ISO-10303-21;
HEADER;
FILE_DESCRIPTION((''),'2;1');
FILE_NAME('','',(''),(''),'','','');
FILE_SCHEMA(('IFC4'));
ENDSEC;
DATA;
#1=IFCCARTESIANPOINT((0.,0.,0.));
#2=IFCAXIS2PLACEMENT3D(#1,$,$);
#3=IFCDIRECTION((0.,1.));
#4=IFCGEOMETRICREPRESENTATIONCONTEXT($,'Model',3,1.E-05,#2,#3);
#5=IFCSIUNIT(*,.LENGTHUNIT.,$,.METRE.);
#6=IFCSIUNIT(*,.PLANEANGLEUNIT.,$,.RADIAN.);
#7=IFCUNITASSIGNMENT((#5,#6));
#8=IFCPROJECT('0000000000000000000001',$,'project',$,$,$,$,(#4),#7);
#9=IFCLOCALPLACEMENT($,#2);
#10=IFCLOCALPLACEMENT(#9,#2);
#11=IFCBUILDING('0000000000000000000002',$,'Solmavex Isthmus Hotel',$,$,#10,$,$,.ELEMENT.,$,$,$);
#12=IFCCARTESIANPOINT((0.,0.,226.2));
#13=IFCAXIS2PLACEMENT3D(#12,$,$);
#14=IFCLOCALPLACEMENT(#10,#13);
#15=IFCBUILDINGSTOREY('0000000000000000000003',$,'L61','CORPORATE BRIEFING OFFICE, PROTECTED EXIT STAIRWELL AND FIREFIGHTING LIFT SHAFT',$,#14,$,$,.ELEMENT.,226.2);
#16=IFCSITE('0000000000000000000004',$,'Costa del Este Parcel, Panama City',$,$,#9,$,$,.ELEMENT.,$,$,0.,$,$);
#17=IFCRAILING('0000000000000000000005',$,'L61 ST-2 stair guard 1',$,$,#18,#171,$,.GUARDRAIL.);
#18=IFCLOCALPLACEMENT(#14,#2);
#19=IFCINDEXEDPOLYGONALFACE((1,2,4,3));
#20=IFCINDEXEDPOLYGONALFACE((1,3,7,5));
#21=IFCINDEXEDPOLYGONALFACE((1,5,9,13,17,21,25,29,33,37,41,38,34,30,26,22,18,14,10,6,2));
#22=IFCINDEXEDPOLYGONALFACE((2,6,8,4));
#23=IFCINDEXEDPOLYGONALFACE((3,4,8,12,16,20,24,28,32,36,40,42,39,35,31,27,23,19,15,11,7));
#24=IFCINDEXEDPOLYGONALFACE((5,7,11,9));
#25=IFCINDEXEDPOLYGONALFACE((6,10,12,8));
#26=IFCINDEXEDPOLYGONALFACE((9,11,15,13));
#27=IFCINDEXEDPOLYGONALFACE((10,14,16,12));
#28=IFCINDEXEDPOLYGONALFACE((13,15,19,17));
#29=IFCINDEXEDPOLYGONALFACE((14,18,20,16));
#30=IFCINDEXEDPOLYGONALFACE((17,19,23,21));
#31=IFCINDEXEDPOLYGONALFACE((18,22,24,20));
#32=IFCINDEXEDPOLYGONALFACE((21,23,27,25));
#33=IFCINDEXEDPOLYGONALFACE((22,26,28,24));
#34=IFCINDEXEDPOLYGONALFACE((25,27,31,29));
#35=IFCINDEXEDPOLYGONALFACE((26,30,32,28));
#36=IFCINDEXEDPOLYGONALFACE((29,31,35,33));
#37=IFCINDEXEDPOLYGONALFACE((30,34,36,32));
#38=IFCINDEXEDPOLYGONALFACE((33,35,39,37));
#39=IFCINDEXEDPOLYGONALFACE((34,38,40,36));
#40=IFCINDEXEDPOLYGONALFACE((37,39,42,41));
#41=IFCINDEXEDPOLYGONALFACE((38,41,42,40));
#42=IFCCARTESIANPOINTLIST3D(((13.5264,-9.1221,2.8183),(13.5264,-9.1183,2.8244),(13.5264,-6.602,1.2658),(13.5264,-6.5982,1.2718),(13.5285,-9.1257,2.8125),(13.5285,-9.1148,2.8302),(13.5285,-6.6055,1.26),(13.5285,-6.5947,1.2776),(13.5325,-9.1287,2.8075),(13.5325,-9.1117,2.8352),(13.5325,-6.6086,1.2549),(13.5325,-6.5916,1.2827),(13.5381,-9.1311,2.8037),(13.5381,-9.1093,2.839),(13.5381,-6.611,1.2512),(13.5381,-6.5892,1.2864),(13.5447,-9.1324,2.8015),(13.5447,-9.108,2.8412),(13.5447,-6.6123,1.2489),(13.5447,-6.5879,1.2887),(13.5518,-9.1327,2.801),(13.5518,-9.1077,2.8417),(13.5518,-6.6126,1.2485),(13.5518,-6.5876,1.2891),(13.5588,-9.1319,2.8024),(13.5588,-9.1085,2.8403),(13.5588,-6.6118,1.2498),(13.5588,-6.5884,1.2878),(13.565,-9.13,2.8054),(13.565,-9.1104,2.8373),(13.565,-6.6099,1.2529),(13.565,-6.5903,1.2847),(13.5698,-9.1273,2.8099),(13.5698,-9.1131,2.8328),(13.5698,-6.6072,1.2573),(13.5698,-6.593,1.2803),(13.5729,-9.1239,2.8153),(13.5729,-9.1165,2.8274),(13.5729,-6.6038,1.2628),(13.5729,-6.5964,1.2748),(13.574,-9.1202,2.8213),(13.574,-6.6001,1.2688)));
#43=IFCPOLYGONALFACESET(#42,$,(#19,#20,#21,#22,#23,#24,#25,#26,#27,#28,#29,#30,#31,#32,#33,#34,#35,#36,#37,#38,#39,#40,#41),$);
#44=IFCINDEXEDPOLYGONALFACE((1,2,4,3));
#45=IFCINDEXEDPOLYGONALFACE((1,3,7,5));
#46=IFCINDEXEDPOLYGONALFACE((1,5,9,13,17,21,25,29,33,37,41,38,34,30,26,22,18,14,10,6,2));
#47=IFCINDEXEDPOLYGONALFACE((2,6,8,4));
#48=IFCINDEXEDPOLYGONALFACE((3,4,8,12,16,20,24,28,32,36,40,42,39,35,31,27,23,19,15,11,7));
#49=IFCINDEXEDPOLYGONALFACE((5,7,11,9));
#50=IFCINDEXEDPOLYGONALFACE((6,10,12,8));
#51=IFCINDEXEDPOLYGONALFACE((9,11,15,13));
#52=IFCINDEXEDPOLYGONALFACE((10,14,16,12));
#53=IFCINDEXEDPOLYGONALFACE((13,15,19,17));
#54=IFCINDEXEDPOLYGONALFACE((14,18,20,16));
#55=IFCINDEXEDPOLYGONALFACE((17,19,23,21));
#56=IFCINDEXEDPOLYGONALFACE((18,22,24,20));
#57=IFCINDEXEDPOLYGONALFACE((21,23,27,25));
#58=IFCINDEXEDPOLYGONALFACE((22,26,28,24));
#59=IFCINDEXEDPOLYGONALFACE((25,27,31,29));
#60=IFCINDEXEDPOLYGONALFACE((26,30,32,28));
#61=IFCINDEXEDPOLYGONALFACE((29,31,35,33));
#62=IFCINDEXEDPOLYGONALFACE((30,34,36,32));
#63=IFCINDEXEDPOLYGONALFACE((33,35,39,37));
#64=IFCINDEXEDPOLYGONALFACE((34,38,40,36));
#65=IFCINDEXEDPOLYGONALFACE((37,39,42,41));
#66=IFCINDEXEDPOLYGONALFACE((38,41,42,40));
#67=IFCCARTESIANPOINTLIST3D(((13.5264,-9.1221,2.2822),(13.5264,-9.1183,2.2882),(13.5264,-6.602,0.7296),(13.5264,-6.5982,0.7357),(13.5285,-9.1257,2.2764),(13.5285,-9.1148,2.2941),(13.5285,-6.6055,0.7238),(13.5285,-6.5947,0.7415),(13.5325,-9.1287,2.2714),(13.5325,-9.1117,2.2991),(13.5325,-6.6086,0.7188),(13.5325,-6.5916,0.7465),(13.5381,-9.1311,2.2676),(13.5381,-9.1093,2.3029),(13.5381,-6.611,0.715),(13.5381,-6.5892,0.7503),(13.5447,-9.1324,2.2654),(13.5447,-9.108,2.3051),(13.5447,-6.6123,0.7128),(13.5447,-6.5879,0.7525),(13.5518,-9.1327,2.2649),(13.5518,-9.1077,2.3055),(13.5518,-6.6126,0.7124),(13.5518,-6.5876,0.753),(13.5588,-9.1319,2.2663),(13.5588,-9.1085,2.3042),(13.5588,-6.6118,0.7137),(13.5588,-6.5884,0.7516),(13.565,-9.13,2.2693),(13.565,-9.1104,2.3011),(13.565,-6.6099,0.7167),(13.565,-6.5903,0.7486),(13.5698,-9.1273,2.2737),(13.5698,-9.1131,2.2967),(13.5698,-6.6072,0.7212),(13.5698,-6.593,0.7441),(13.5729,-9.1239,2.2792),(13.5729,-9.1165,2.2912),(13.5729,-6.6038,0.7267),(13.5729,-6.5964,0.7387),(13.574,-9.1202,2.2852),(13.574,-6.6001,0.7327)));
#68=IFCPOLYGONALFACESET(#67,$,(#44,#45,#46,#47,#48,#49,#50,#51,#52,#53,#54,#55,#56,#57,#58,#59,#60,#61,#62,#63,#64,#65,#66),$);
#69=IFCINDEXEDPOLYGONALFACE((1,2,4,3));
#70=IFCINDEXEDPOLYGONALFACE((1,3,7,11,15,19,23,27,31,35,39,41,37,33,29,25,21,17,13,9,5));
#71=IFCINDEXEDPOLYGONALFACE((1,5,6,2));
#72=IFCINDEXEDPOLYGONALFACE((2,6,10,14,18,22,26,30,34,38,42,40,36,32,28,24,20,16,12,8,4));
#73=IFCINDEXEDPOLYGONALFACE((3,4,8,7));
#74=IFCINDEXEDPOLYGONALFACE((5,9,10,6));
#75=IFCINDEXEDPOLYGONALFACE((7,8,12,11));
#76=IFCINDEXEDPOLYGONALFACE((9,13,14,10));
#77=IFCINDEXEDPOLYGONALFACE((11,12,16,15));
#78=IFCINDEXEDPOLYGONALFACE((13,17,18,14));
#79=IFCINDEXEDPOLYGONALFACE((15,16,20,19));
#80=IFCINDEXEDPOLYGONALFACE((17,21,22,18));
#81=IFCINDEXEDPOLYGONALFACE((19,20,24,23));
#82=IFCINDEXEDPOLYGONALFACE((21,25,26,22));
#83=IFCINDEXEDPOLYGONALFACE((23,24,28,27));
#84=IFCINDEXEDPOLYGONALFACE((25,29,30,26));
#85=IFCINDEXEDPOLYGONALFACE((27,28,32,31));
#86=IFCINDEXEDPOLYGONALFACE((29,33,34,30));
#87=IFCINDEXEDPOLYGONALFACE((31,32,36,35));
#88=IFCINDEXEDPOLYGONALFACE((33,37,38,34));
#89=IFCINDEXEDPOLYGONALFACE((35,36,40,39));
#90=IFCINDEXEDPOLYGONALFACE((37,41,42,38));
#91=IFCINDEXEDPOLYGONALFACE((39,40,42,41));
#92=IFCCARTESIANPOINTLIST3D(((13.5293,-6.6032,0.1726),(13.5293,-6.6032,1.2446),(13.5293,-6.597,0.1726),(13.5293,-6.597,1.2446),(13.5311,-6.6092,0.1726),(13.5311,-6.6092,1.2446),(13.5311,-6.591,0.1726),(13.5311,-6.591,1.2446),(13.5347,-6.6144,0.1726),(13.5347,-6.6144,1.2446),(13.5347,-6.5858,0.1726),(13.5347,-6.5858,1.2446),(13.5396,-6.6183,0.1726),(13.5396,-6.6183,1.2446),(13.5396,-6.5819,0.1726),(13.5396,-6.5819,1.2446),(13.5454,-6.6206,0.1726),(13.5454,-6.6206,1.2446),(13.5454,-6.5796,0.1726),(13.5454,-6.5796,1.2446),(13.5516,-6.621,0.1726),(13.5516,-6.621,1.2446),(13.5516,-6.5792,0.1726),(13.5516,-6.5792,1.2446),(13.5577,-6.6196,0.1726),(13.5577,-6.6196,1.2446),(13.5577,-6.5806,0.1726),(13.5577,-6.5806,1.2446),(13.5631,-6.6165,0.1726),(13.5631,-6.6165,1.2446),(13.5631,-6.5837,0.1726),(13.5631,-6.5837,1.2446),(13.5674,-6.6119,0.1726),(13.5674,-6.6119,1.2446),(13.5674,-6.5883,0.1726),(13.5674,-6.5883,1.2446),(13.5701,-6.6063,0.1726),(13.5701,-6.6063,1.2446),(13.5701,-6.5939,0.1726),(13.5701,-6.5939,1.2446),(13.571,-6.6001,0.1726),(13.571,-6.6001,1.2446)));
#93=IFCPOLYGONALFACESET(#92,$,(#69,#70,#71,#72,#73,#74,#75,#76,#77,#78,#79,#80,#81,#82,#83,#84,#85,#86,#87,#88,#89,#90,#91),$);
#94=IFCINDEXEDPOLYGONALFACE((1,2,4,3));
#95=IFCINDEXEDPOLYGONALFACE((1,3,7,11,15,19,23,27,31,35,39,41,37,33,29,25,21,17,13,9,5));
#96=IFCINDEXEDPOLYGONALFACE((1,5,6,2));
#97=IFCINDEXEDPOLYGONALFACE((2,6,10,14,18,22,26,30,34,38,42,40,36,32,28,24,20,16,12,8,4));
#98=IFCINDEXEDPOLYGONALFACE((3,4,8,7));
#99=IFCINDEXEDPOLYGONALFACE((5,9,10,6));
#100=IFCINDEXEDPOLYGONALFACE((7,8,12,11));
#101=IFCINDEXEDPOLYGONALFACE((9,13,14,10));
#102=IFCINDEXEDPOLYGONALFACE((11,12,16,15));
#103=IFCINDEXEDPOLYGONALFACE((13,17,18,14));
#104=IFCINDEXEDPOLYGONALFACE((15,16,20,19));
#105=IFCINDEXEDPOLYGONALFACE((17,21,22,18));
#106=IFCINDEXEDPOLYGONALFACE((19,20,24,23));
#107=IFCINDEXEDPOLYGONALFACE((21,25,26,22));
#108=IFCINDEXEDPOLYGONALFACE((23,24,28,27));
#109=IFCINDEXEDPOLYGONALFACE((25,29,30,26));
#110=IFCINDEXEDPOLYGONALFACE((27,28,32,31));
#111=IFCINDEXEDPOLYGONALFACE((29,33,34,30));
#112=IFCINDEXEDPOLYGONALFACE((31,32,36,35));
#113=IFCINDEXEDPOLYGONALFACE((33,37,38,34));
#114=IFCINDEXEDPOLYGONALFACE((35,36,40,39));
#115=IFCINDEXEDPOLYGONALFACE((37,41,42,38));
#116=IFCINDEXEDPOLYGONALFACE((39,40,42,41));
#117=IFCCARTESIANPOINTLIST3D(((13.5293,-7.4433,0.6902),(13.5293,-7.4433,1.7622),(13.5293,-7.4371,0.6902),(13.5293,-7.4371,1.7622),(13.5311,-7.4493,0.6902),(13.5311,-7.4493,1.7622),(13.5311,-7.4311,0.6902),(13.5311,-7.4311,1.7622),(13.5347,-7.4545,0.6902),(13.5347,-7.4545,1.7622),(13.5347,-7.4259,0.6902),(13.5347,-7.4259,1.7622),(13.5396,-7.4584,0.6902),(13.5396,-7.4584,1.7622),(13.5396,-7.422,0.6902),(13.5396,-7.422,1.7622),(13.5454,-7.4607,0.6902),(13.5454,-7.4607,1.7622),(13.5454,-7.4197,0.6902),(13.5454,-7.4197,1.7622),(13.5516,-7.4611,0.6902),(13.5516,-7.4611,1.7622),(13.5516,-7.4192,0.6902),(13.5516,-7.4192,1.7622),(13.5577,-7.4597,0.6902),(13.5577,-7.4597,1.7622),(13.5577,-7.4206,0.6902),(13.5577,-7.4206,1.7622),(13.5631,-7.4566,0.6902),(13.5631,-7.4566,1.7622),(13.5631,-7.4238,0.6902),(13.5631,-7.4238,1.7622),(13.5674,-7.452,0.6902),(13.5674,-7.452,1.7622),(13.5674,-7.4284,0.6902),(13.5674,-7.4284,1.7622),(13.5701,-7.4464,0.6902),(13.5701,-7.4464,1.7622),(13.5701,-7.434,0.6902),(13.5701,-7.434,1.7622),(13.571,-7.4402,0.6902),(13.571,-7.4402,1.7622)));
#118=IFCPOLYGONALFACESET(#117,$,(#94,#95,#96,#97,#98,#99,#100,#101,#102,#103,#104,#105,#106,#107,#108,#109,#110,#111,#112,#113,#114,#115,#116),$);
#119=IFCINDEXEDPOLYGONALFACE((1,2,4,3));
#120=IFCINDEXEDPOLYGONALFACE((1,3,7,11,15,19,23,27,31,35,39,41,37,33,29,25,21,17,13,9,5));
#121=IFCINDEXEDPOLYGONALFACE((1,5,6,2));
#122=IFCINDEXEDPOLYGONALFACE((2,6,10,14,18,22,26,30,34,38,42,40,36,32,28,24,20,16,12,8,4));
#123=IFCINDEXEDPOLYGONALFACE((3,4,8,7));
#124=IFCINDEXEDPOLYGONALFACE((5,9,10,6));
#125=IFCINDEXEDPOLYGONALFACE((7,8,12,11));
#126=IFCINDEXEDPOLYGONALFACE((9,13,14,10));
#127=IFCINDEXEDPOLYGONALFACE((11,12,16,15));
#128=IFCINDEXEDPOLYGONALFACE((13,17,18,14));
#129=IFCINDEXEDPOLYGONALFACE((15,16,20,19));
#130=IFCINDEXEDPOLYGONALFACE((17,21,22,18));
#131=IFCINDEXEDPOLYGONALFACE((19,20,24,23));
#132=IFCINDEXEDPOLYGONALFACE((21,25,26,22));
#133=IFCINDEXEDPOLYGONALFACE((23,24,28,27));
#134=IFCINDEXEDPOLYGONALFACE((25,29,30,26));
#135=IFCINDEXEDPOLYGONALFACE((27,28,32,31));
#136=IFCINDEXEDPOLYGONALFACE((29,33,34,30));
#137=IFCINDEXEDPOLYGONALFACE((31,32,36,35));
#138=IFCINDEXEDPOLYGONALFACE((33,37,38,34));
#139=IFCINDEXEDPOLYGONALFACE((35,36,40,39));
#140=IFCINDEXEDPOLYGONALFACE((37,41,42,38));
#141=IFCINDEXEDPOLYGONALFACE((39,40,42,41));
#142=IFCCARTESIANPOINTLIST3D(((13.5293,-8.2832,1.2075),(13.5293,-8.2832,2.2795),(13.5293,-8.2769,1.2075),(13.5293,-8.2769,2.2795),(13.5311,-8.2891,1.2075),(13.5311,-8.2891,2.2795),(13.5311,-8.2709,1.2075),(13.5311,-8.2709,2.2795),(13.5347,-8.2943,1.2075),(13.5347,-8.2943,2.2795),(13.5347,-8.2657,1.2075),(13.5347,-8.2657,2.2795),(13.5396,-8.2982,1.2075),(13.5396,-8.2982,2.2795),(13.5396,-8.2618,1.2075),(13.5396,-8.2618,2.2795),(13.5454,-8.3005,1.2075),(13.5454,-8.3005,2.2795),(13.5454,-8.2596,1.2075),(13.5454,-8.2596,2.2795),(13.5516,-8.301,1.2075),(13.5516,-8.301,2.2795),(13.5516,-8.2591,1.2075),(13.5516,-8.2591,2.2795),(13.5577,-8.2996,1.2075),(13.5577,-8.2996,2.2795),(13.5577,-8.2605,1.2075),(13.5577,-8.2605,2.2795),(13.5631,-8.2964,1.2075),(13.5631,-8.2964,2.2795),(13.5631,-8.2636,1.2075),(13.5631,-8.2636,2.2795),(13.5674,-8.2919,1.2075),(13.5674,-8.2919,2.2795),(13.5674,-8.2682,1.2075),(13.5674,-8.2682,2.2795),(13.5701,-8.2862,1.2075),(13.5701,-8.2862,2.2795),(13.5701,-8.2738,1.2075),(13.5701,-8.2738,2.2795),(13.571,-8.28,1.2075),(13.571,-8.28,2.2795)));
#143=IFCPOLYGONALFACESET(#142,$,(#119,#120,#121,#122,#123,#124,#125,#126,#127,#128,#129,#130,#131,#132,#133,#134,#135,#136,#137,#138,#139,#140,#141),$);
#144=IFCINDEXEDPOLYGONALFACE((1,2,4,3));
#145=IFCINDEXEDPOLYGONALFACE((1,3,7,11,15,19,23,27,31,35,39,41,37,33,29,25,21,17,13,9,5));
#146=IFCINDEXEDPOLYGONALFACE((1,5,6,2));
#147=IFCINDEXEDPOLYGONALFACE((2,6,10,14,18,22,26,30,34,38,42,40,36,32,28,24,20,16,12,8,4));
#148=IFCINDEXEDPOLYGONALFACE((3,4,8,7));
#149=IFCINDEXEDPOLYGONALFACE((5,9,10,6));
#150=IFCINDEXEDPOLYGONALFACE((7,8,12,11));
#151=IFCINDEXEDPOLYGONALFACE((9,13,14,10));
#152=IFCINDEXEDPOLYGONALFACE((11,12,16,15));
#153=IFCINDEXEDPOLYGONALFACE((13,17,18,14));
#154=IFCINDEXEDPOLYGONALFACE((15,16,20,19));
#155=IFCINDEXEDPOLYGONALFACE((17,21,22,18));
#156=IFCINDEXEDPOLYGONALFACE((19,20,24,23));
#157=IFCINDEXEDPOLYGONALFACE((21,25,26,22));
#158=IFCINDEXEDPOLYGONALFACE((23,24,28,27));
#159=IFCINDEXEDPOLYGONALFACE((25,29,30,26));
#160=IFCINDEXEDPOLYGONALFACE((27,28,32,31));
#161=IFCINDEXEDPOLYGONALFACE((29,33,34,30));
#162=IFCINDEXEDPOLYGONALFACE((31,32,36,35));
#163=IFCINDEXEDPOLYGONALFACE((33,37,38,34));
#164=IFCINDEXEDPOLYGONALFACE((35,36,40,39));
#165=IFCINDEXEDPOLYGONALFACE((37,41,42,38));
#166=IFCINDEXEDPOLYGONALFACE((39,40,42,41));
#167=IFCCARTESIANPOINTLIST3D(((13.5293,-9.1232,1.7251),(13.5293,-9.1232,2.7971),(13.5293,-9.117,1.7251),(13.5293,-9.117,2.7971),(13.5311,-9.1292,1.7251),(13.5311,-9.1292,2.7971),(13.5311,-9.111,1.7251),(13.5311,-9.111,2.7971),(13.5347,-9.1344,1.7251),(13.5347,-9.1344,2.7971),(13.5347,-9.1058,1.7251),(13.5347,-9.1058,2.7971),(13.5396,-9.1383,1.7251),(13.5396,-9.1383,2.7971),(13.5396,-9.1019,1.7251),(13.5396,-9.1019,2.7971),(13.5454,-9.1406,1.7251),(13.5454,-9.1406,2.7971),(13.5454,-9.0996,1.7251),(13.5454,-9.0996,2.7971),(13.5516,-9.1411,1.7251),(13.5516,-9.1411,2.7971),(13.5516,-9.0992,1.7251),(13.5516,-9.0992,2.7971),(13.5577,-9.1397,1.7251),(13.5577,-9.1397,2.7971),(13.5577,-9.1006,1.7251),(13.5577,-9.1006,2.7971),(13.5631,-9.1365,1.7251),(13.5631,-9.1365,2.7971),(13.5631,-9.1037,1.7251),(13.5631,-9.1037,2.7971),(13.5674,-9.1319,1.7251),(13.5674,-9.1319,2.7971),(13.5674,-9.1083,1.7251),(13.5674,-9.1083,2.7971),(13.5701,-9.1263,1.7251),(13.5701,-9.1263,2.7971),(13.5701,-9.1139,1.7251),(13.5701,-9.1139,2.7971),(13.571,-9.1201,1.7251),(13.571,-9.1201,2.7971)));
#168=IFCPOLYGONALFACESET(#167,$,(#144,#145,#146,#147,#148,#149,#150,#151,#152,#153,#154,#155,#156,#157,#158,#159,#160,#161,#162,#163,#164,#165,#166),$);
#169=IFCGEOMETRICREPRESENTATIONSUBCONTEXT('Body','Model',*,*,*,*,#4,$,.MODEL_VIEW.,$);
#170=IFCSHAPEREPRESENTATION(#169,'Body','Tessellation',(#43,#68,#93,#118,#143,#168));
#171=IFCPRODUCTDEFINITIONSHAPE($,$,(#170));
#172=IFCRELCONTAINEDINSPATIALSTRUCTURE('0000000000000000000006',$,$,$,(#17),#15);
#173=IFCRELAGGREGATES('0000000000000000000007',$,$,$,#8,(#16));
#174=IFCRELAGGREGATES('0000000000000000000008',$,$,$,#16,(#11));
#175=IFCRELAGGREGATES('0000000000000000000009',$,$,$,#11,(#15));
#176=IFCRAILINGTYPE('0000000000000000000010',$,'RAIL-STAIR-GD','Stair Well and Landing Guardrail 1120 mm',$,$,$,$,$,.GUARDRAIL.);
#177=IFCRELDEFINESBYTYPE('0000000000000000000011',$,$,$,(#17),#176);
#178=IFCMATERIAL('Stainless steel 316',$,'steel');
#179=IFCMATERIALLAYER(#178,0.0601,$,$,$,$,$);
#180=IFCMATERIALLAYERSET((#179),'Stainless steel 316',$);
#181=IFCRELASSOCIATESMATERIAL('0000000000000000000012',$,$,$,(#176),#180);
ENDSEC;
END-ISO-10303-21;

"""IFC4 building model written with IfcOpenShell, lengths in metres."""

from ifc_helpers import new_model, si_unit, direction, frame, origin, origin_2d, place, context, subcontext, project, spatial, circle, extrude, material, layer, layer_set, type_object, element, save


model = new_model("IFC4")

# Units and contexts
model_context = context("Model", 3, precision=1e-05, world=origin(), true_north=direction((0.0, 1.0)))
body_context = subcontext(model_context, "Body", "Model", "MODEL_VIEW")
ifc_project = project(units=[si_unit("LENGTHUNIT", "METRE"), si_unit("PLANEANGLEUNIT", "RADIAN")], contexts=[model_context])

# Site, building, storey
site_placement = place(None, origin())
site = spatial("IfcSite", under=ifc_project, at=site_placement, Name="Costa del Este Parcel, Panama City", CompositionType="ELEMENT", RefElevation=0.0)
building_placement = place(site_placement, origin())
building = spatial("IfcBuilding", under=site, at=building_placement, Name="Solmavex Isthmus Hotel", CompositionType="ELEMENT")
storey_placement = place(building_placement, frame((0.0, 0.0, 226.2)))
storey = spatial("IfcBuildingStorey", under=building, at=storey_placement, Name="L61", Description="CORPORATE BRIEFING OFFICE, PROTECTED EXIT STAIRWELL AND FIREFIGHTING LIFT SHAFT", CompositionType="ELEMENT", Elevation=226.2)

# Railing
ifc_material_1 = material(Name="Stainless steel 316", Category="steel")
ifc_layer_1 = layer(ifc_material_1, 0.0601)
ifc_layer_set_1 = layer_set([ifc_layer_1], Name="Stainless steel 316")
railing_type_1 = type_object("IfcRailingType", Name="RAIL-STAIR-GD", Description="Stair Well and Landing Guardrail 1120 mm", PredefinedType="GUARDRAIL", material=ifc_layer_set_1)
railing_1_placement = place(storey_placement, frame((13.55, -6.6001, 0.1726)))
element("IfcRailing", 1, at=railing_1_placement, inside=storey, type_object=railing_type_1, Name="L61 ST-2 stair guard 1", PredefinedType="GUARDRAIL", context=body_context, shape_type="SweptSolid", body=[
    extrude(circle(Radius=0.0239, at=origin_2d()), frame((0.0, 0.0, 1.0962), z_axis=(0.0, -0.8514, 0.524516), x_axis=(1.0, 0.0, 0.0)), (0.0, 0.0, 1.0), 2.96),
    extrude(circle(Radius=0.0239, at=origin_2d()), frame((0.0, 0.0, 0.5601), z_axis=(0.0, -0.8514, 0.524516), x_axis=(1.0, 0.0, 0.0)), (0.0, 0.0, 1.0), 2.96),
    extrude(circle(Radius=0.021, at=origin_2d()), origin(), (0.0, 0.0, 1.0), 1.072),
    extrude(circle(Radius=0.021, at=origin_2d()), frame((0.0, -0.8401, 0.5176)), (0.0, 0.0, 1.0), 1.072),
    extrude(circle(Radius=0.021, at=origin_2d()), frame((0.0, -1.6799, 1.0349)), (0.0, 0.0, 1.0), 1.072),
    extrude(circle(Radius=0.021, at=origin_2d()), frame((0.0, -2.52, 1.5525)), (0.0, 0.0, 1.0), 1.072),
])

save(model, "model.ifc")
